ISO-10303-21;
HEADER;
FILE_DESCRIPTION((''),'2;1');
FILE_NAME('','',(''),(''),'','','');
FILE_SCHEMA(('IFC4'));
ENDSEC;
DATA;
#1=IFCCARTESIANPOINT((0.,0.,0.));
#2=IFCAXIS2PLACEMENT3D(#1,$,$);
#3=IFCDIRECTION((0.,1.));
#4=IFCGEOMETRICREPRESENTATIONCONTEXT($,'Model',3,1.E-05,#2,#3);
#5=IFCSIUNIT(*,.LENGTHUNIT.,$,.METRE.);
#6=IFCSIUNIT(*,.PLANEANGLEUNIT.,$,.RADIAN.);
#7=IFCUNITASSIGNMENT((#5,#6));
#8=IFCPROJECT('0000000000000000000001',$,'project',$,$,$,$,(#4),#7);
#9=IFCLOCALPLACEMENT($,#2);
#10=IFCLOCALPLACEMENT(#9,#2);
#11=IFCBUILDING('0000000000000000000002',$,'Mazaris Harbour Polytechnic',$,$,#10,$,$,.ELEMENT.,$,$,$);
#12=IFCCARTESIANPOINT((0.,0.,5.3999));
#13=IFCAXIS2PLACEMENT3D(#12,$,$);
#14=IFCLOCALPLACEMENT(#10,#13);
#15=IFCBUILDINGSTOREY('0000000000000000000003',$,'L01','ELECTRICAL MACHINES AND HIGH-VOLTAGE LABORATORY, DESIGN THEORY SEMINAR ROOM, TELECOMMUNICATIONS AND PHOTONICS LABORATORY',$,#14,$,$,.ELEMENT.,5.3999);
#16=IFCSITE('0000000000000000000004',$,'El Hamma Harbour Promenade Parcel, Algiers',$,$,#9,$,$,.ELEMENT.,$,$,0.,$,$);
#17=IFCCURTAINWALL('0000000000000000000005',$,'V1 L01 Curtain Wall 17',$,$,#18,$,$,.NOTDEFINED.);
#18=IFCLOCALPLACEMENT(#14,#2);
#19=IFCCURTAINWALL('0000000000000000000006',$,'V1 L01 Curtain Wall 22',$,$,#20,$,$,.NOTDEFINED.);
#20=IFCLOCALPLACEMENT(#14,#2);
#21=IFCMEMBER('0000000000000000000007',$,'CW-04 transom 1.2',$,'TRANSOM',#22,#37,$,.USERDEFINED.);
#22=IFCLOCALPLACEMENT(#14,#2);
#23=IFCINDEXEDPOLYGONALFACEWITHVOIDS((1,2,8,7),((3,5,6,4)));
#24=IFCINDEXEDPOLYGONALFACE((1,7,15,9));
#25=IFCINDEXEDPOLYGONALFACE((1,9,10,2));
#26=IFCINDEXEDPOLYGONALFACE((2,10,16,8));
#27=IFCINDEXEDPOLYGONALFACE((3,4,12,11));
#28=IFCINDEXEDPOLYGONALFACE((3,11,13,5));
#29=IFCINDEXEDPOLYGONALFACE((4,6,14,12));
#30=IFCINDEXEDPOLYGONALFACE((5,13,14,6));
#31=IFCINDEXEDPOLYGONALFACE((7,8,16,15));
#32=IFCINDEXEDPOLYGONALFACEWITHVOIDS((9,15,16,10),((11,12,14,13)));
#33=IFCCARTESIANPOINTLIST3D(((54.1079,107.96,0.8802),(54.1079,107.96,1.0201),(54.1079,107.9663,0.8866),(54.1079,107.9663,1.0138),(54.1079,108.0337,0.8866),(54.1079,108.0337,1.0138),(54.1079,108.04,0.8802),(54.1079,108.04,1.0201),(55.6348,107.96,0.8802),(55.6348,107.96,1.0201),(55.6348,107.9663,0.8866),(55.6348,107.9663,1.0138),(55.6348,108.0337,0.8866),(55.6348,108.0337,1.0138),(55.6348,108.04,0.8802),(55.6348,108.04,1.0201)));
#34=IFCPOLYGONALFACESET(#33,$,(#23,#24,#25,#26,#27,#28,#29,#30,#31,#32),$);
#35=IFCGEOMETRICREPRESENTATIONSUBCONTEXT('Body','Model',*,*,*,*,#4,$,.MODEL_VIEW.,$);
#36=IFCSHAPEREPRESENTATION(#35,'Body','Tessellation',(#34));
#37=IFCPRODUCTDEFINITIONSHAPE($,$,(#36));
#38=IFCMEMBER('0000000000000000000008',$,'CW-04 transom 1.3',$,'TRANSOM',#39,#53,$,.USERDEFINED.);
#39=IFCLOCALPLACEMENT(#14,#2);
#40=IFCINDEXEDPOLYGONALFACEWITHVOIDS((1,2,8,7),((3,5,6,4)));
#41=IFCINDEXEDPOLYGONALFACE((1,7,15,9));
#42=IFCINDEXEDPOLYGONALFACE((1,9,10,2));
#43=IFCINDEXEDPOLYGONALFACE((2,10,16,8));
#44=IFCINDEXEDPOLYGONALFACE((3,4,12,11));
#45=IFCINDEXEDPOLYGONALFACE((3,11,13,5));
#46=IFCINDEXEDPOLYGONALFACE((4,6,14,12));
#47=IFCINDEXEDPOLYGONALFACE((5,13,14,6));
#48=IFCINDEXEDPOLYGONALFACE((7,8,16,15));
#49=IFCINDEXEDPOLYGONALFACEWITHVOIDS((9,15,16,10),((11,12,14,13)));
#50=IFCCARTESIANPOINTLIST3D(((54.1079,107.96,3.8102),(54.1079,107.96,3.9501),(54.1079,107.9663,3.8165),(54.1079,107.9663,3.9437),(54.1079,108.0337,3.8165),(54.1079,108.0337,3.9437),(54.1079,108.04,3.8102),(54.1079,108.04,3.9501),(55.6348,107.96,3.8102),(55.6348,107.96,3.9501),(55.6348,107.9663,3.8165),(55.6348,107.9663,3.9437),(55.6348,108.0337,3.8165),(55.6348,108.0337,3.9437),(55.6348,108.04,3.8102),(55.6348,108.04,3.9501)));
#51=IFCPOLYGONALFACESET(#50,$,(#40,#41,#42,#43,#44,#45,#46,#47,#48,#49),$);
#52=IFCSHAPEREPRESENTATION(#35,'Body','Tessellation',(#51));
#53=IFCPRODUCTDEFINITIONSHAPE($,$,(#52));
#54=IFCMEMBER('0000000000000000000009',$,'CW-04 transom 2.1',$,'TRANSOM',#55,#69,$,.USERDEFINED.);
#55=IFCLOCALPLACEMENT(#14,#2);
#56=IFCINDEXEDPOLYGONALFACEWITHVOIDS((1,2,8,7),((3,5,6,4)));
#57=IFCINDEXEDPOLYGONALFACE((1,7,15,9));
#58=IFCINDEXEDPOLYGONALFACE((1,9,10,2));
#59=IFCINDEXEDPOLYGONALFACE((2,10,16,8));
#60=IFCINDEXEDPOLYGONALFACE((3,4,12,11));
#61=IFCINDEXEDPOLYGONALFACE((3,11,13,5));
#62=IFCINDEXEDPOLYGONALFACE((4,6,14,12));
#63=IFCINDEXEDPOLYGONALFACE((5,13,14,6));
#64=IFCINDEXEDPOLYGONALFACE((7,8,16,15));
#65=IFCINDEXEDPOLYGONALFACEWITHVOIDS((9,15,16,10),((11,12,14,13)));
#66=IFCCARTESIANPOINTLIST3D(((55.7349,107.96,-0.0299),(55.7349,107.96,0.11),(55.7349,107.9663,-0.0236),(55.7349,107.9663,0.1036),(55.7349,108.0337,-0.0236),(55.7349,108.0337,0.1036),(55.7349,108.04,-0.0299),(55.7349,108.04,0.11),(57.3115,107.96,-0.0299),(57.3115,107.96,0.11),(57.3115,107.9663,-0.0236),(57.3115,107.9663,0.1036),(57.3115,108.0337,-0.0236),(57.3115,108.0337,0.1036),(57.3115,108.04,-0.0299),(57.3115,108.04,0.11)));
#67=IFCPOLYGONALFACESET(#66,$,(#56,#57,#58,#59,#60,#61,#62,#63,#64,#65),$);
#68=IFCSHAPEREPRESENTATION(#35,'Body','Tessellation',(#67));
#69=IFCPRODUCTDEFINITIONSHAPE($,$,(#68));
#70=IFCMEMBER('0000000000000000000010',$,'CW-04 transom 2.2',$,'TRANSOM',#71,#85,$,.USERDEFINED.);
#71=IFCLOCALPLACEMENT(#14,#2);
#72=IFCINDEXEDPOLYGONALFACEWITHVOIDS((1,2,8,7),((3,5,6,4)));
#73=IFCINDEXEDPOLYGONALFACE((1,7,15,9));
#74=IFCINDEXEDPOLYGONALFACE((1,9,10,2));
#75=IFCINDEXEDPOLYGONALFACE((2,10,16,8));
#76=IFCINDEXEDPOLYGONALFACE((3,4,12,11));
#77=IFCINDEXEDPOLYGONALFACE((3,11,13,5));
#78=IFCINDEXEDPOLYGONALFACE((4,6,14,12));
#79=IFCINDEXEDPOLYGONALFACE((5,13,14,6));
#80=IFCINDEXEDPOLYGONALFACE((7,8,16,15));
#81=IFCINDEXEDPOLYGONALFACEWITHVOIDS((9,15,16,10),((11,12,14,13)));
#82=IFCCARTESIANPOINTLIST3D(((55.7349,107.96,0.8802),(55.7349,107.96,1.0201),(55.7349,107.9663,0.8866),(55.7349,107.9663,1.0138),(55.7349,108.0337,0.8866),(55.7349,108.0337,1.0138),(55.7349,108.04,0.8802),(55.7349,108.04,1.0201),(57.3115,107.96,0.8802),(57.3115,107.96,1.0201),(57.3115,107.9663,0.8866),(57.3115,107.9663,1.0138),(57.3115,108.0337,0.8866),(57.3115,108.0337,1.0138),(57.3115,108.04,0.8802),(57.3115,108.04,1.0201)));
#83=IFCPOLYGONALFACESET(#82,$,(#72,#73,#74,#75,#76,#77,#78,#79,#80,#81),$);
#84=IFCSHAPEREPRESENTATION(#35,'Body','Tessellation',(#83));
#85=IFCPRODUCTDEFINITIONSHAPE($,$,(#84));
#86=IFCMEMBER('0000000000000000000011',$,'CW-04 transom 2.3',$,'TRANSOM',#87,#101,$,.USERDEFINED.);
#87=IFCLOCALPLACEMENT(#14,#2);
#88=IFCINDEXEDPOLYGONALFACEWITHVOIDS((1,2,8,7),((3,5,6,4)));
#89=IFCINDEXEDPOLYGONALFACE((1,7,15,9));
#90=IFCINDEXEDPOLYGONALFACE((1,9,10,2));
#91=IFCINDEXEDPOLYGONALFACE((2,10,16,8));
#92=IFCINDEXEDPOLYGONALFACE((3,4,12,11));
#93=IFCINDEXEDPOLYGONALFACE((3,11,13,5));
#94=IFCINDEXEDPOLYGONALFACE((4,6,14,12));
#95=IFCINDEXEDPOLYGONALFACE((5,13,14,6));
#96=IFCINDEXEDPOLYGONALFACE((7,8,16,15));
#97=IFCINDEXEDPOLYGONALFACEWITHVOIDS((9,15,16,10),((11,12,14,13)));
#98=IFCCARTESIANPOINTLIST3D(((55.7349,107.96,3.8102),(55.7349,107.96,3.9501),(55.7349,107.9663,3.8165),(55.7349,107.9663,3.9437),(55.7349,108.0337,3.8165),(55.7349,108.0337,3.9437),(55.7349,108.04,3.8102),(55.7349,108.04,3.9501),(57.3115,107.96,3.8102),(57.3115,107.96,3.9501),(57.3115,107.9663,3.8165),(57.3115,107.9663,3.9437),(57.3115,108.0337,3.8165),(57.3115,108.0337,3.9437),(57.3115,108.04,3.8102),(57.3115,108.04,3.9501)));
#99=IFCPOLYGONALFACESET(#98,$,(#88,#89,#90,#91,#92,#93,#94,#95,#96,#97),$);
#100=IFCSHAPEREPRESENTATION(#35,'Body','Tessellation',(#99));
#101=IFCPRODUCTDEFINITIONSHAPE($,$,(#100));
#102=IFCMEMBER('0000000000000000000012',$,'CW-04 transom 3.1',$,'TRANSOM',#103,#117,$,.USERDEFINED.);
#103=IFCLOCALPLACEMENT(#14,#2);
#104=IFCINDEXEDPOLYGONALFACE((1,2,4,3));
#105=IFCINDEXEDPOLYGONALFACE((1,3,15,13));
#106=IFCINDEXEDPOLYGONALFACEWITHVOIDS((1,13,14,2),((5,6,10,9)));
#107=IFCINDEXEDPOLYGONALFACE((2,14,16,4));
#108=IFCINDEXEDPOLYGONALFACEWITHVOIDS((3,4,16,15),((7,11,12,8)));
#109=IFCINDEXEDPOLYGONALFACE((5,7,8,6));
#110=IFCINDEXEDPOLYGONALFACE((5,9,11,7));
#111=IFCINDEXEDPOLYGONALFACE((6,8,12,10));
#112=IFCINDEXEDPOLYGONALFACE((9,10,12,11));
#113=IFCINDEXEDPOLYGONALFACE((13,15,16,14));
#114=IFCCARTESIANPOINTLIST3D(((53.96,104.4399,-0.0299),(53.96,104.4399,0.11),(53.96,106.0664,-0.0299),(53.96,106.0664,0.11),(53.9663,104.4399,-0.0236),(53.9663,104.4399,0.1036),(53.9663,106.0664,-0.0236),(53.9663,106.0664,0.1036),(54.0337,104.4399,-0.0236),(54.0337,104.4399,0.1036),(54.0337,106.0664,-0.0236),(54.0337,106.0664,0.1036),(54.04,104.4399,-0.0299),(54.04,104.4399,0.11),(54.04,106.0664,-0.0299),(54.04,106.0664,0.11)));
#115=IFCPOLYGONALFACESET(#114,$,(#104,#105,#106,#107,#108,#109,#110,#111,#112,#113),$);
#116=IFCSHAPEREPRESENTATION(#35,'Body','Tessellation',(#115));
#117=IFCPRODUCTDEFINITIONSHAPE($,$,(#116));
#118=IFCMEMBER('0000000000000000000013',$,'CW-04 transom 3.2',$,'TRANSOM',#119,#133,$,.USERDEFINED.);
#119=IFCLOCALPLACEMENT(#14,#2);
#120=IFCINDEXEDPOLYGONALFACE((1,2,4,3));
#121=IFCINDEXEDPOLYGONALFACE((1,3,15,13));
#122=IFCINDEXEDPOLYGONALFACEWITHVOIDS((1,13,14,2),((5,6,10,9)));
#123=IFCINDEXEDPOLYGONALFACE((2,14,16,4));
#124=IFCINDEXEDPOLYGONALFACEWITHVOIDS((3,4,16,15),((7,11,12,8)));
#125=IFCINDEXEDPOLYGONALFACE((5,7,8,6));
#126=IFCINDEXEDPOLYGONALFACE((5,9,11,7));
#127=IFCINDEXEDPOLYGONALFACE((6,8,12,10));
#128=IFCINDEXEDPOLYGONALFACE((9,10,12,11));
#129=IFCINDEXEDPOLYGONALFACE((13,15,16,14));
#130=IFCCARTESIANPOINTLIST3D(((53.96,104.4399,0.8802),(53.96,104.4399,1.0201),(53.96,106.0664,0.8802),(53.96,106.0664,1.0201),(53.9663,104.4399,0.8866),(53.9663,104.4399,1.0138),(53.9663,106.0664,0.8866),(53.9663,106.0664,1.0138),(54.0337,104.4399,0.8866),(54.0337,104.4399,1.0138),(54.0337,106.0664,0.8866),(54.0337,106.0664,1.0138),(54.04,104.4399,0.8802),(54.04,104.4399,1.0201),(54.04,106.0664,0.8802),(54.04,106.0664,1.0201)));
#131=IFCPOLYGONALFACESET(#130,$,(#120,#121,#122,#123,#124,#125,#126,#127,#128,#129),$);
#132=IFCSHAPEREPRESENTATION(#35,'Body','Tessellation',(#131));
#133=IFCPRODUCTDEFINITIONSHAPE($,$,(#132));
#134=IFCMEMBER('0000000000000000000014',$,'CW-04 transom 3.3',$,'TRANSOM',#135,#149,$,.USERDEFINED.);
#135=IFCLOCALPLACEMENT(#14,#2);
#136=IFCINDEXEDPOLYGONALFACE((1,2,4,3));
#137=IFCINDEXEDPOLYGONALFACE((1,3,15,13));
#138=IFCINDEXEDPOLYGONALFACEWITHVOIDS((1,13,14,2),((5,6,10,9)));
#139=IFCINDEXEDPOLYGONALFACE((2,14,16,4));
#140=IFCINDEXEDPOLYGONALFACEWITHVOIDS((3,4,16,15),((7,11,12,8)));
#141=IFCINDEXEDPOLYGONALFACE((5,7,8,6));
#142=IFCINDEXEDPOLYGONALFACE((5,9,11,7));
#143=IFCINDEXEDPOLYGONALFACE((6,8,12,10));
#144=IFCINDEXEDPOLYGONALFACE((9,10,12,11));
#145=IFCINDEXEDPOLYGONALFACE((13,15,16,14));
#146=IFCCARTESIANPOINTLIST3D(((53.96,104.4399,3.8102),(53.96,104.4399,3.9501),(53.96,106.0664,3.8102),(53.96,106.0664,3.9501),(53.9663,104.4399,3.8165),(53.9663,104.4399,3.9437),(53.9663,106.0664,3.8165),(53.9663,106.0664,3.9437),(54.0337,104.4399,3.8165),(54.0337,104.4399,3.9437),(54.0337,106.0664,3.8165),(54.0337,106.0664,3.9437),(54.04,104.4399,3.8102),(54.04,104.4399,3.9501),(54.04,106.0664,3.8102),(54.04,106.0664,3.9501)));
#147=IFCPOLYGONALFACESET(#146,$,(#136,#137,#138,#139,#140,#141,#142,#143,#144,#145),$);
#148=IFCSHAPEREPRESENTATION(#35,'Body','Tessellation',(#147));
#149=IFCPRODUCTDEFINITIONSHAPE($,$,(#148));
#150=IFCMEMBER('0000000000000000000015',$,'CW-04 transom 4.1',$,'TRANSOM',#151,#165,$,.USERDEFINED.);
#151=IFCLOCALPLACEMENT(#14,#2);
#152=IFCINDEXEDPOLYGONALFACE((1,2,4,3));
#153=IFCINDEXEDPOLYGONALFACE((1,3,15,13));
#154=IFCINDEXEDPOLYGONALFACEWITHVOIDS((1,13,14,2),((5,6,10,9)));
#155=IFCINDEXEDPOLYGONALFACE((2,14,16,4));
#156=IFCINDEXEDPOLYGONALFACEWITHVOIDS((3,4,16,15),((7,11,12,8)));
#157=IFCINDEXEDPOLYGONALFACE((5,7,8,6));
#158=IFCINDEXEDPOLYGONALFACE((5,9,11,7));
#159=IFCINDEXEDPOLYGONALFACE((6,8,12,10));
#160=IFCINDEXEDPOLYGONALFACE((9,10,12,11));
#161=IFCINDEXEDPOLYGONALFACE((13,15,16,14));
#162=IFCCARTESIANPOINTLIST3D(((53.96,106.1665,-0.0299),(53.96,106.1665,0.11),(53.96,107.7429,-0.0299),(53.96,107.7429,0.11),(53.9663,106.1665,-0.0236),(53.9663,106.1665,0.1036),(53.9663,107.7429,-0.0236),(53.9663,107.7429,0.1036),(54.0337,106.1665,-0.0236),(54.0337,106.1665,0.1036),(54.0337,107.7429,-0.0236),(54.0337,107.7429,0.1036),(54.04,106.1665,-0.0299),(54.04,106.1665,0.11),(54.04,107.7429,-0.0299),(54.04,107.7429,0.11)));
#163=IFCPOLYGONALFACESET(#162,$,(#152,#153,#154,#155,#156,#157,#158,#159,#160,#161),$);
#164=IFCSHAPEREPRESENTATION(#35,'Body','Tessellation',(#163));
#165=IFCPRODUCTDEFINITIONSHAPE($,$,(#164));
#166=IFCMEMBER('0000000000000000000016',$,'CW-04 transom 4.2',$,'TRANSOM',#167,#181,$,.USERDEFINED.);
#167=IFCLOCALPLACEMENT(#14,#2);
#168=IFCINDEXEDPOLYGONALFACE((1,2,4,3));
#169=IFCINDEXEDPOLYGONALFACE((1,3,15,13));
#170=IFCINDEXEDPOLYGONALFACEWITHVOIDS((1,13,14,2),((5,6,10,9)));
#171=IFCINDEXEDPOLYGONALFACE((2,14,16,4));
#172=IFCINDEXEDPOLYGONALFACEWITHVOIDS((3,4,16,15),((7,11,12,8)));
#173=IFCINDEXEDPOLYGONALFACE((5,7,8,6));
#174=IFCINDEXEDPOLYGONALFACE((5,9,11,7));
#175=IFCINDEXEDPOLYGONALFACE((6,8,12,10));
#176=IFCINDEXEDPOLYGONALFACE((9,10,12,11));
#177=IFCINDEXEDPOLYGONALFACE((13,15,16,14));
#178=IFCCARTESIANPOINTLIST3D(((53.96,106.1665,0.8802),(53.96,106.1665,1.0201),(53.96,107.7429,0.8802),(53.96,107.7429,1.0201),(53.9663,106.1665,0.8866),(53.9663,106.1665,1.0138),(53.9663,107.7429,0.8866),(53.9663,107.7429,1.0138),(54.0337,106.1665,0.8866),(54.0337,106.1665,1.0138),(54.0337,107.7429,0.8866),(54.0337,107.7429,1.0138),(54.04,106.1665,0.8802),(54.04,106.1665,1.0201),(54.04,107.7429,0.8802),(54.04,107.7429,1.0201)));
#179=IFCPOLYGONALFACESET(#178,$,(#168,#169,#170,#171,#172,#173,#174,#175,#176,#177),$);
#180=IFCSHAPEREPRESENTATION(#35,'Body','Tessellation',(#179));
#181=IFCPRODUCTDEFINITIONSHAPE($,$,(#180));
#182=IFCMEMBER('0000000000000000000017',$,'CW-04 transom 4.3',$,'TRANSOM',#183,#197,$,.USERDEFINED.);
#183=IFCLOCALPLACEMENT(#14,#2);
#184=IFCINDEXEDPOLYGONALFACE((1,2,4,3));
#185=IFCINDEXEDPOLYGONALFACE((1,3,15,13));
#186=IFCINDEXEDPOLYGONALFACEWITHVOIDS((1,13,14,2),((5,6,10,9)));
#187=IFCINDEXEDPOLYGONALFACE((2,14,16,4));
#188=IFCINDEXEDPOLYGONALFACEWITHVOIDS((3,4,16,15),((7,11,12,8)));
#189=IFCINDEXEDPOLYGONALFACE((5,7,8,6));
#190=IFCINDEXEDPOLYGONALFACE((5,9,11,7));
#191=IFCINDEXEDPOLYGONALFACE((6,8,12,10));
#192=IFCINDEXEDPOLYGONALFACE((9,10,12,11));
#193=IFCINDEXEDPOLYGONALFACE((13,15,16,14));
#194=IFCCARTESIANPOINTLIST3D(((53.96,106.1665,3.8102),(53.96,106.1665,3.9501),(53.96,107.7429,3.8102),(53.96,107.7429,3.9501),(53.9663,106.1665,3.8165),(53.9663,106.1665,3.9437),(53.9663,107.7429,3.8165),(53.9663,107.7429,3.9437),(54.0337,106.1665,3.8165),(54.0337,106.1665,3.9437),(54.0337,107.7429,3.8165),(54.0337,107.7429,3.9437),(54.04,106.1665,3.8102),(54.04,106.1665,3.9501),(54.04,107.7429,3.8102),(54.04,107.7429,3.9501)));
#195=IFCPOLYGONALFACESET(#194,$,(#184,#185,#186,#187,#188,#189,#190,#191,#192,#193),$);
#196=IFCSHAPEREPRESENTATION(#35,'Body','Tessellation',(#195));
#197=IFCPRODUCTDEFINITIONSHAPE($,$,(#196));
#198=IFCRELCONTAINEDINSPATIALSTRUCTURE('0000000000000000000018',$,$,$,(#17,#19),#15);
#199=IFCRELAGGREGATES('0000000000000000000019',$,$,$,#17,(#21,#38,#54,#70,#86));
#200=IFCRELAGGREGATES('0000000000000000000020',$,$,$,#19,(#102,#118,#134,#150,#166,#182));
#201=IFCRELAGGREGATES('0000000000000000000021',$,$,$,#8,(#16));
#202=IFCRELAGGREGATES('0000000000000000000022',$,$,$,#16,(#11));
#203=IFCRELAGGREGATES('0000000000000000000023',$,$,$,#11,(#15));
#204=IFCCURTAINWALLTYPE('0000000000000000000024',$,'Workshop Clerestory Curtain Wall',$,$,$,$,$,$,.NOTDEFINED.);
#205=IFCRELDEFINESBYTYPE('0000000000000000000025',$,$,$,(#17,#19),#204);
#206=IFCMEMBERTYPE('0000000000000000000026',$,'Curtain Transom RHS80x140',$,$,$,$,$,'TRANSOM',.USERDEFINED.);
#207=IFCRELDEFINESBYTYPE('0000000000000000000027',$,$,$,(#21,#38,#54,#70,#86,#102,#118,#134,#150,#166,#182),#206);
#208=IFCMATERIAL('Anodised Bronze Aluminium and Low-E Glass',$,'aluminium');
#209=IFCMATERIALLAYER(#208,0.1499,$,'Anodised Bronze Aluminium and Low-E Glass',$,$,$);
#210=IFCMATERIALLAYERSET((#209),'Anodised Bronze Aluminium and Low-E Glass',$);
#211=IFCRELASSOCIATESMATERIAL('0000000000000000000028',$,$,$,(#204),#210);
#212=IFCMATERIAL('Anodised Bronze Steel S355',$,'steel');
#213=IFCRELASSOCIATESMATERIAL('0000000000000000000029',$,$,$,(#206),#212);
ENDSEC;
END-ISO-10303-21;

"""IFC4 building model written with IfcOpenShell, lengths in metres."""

from ifc_helpers import new_model, si_unit, direction, frame, origin, origin_2d, place, context, subcontext, project, spatial, hollow_rectangle, extrude, material, layer, layer_set, material_profile, profile_set, type_object, element, aggregate, save


model = new_model("IFC4")

# Units and contexts
model_context = context("Model", 3, precision=1e-05, world=origin(), true_north=direction((0.0, 1.0)))
body_context = subcontext(model_context, "Body", "Model", "MODEL_VIEW")
ifc_project = project(units=[si_unit("LENGTHUNIT", "METRE"), si_unit("PLANEANGLEUNIT", "RADIAN")], contexts=[model_context])

# Site, building, storey
site_placement = place(None, origin())
site = spatial("IfcSite", under=ifc_project, at=site_placement, Name="El Hamma Harbour Promenade Parcel, Algiers", CompositionType="ELEMENT", RefElevation=0.0)
building_placement = place(site_placement, origin())
building = spatial("IfcBuilding", under=site, at=building_placement, Name="Mazaris Harbour Polytechnic", CompositionType="ELEMENT")
storey_placement = place(building_placement, frame((0.0, 0.0, 5.3999)))
storey = spatial("IfcBuildingStorey", under=building, at=storey_placement, Name="L01", Description="ELECTRICAL MACHINES AND HIGH-VOLTAGE LABORATORY, DESIGN THEORY SEMINAR ROOM, TELECOMMUNICATIONS AND PHOTONICS LABORATORY", CompositionType="ELEMENT", Elevation=5.3999)

# Curtain walls
ifc_material_1 = material(Name="Anodised Bronze Aluminium and Low-E Glass", Category="aluminium")
ifc_layer_1 = layer(ifc_material_1, 0.1499, Name="Anodised Bronze Aluminium and Low-E Glass")
ifc_layer_set_1 = layer_set([ifc_layer_1], Name="Anodised Bronze Aluminium and Low-E Glass")
curtain_wall_type = type_object("IfcCurtainWallType", Name="Workshop Clerestory Curtain Wall", PredefinedType="NOTDEFINED", material=ifc_layer_set_1)
curtain_wall_1_placement = place(storey_placement, origin())
curtain_wall_1 = element("IfcCurtainWall", 1, at=curtain_wall_1_placement, inside=storey, type_object=curtain_wall_type, Name="V1 L01 Curtain Wall 17", PredefinedType="NOTDEFINED")
curtain_wall_2_placement = place(storey_placement, origin())
curtain_wall_2 = element("IfcCurtainWall", 2, at=curtain_wall_2_placement, inside=storey, type_object=curtain_wall_type, Name="V1 L01 Curtain Wall 22", PredefinedType="NOTDEFINED")

# Members
ifc_material_2 = material(Name="Anodised Bronze Steel S355", Category="steel")
ifc_material_profile_1 = material_profile(ifc_material_2, hollow_rectangle(XDim=0.0801, YDim=0.1399, WallThickness=0.0063, at=origin_2d()), Name="RHS 80x140x6.3")
ifc_profile_set_1 = profile_set([ifc_material_profile_1], Name="Anodised Bronze Steel S355")
member_type_1 = type_object("IfcMemberType", Name="Curtain Transom RHS80x140", ElementType="TRANSOM", PredefinedType="USERDEFINED", material=ifc_profile_set_1)
member_1_placement = place(storey_placement, frame((54.1079, 108.0, 0.9502), z_axis=(1.0, 0.0, 0.0), x_axis=(0.0, 1.0, 0.0)))
member_1 = element("IfcMember", 3, at=member_1_placement, type_object=member_type_1, Name="CW-04 transom 1.2", ObjectType="TRANSOM", PredefinedType="USERDEFINED", context=body_context, shape_type="SweptSolid", body=[
    extrude(hollow_rectangle(XDim=0.0801, YDim=0.1399, WallThickness=0.0063, at=origin_2d()), origin(), (0.0, 0.0, 1.0), 1.5269),
])
member_2_placement = place(storey_placement, frame((54.1079, 108.0, 3.8801), z_axis=(1.0, 0.0, 0.0), x_axis=(0.0, 1.0, 0.0)))
member_2 = element("IfcMember", 4, at=member_2_placement, type_object=member_type_1, Name="CW-04 transom 1.3", ObjectType="TRANSOM", PredefinedType="USERDEFINED", context=body_context, shape_type="SweptSolid", body=[
    extrude(hollow_rectangle(XDim=0.0801, YDim=0.1399, WallThickness=0.0063, at=origin_2d()), origin(), (0.0, 0.0, 1.0), 1.5269),
])
member_3_placement = place(storey_placement, frame((55.7349, 108.0, 0.04), z_axis=(1.0, 0.0, 0.0), x_axis=(0.0, 1.0, 0.0)))
member_3 = element("IfcMember", 5, at=member_3_placement, type_object=member_type_1, Name="CW-04 transom 2.1", ObjectType="TRANSOM", PredefinedType="USERDEFINED", context=body_context, shape_type="SweptSolid", body=[
    extrude(hollow_rectangle(XDim=0.0801, YDim=0.1399, WallThickness=0.0063, at=origin_2d()), origin(), (0.0, 0.0, 1.0), 1.5767),
])
member_4_placement = place(storey_placement, frame((55.7349, 108.0, 0.9502), z_axis=(1.0, 0.0, 0.0), x_axis=(0.0, 1.0, 0.0)))
member_4 = element("IfcMember", 6, at=member_4_placement, type_object=member_type_1, Name="CW-04 transom 2.2", ObjectType="TRANSOM", PredefinedType="USERDEFINED", context=body_context, shape_type="SweptSolid", body=[
    extrude(hollow_rectangle(XDim=0.0801, YDim=0.1399, WallThickness=0.0063, at=origin_2d()), origin(), (0.0, 0.0, 1.0), 1.5767),
])
member_5_placement = place(storey_placement, frame((55.7349, 108.0, 3.8801), z_axis=(1.0, 0.0, 0.0), x_axis=(0.0, 1.0, 0.0)))
member_5 = element("IfcMember", 7, at=member_5_placement, type_object=member_type_1, Name="CW-04 transom 2.3", ObjectType="TRANSOM", PredefinedType="USERDEFINED", context=body_context, shape_type="SweptSolid", body=[
    extrude(hollow_rectangle(XDim=0.0801, YDim=0.1399, WallThickness=0.0063, at=origin_2d()), origin(), (0.0, 0.0, 1.0), 1.5767),
])
member_6_placement = place(storey_placement, frame((54.0, 104.4399, 0.04), z_axis=(0.0, 1.0, 0.0), x_axis=(-1.0, 0.0, 0.0)))
member_6 = element("IfcMember", 8, at=member_6_placement, type_object=member_type_1, Name="CW-04 transom 3.1", ObjectType="TRANSOM", PredefinedType="USERDEFINED", context=body_context, shape_type="SweptSolid", body=[
    extrude(hollow_rectangle(XDim=0.0801, YDim=0.1399, WallThickness=0.0063, at=origin_2d()), origin(), (0.0, 0.0, 1.0), 1.6265),
])
member_7_placement = place(storey_placement, frame((54.0, 104.4399, 0.9502), z_axis=(0.0, 1.0, 0.0), x_axis=(-1.0, 0.0, 0.0)))
member_7 = element("IfcMember", 9, at=member_7_placement, type_object=member_type_1, Name="CW-04 transom 3.2", ObjectType="TRANSOM", PredefinedType="USERDEFINED", context=body_context, shape_type="SweptSolid", body=[
    extrude(hollow_rectangle(XDim=0.0801, YDim=0.1399, WallThickness=0.0063, at=origin_2d()), origin(), (0.0, 0.0, 1.0), 1.6265),
])
member_8_placement = place(storey_placement, frame((54.0, 104.4399, 3.8801), z_axis=(0.0, 1.0, 0.0), x_axis=(-1.0, 0.0, 0.0)))
member_8 = element("IfcMember", 10, at=member_8_placement, type_object=member_type_1, Name="CW-04 transom 3.3", ObjectType="TRANSOM", PredefinedType="USERDEFINED", context=body_context, shape_type="SweptSolid", body=[
    extrude(hollow_rectangle(XDim=0.0801, YDim=0.1399, WallThickness=0.0063, at=origin_2d()), origin(), (0.0, 0.0, 1.0), 1.6265),
])
member_9_placement = place(storey_placement, frame((54.0, 106.1665, 0.04), z_axis=(0.0, 1.0, 0.0), x_axis=(-1.0, 0.0, 0.0)))
member_9 = element("IfcMember", 11, at=member_9_placement, type_object=member_type_1, Name="CW-04 transom 4.1", ObjectType="TRANSOM", PredefinedType="USERDEFINED", context=body_context, shape_type="SweptSolid", body=[
    extrude(hollow_rectangle(XDim=0.0801, YDim=0.1399, WallThickness=0.0063, at=origin_2d()), origin(), (0.0, 0.0, 1.0), 1.5764),
])
member_10_placement = place(storey_placement, frame((54.0, 106.1665, 0.9502), z_axis=(0.0, 1.0, 0.0), x_axis=(-1.0, 0.0, 0.0)))
member_10 = element("IfcMember", 12, at=member_10_placement, type_object=member_type_1, Name="CW-04 transom 4.2", ObjectType="TRANSOM", PredefinedType="USERDEFINED", context=body_context, shape_type="SweptSolid", body=[
    extrude(hollow_rectangle(XDim=0.0801, YDim=0.1399, WallThickness=0.0063, at=origin_2d()), origin(), (0.0, 0.0, 1.0), 1.5764),
])
member_11_placement = place(storey_placement, frame((54.0, 106.1665, 3.8801), z_axis=(0.0, 1.0, 0.0), x_axis=(-1.0, 0.0, 0.0)))
member_11 = element("IfcMember", 13, at=member_11_placement, type_object=member_type_1, Name="CW-04 transom 4.3", ObjectType="TRANSOM", PredefinedType="USERDEFINED", context=body_context, shape_type="SweptSolid", body=[
    extrude(hollow_rectangle(XDim=0.0801, YDim=0.1399, WallThickness=0.0063, at=origin_2d()), origin(), (0.0, 0.0, 1.0), 1.5764),
])

aggregate(curtain_wall_1, [member_1, member_2, member_3, member_4, member_5])
aggregate(curtain_wall_2, [member_6, member_7, member_8, member_9, member_10, member_11])

save(model, "model.ifc")
